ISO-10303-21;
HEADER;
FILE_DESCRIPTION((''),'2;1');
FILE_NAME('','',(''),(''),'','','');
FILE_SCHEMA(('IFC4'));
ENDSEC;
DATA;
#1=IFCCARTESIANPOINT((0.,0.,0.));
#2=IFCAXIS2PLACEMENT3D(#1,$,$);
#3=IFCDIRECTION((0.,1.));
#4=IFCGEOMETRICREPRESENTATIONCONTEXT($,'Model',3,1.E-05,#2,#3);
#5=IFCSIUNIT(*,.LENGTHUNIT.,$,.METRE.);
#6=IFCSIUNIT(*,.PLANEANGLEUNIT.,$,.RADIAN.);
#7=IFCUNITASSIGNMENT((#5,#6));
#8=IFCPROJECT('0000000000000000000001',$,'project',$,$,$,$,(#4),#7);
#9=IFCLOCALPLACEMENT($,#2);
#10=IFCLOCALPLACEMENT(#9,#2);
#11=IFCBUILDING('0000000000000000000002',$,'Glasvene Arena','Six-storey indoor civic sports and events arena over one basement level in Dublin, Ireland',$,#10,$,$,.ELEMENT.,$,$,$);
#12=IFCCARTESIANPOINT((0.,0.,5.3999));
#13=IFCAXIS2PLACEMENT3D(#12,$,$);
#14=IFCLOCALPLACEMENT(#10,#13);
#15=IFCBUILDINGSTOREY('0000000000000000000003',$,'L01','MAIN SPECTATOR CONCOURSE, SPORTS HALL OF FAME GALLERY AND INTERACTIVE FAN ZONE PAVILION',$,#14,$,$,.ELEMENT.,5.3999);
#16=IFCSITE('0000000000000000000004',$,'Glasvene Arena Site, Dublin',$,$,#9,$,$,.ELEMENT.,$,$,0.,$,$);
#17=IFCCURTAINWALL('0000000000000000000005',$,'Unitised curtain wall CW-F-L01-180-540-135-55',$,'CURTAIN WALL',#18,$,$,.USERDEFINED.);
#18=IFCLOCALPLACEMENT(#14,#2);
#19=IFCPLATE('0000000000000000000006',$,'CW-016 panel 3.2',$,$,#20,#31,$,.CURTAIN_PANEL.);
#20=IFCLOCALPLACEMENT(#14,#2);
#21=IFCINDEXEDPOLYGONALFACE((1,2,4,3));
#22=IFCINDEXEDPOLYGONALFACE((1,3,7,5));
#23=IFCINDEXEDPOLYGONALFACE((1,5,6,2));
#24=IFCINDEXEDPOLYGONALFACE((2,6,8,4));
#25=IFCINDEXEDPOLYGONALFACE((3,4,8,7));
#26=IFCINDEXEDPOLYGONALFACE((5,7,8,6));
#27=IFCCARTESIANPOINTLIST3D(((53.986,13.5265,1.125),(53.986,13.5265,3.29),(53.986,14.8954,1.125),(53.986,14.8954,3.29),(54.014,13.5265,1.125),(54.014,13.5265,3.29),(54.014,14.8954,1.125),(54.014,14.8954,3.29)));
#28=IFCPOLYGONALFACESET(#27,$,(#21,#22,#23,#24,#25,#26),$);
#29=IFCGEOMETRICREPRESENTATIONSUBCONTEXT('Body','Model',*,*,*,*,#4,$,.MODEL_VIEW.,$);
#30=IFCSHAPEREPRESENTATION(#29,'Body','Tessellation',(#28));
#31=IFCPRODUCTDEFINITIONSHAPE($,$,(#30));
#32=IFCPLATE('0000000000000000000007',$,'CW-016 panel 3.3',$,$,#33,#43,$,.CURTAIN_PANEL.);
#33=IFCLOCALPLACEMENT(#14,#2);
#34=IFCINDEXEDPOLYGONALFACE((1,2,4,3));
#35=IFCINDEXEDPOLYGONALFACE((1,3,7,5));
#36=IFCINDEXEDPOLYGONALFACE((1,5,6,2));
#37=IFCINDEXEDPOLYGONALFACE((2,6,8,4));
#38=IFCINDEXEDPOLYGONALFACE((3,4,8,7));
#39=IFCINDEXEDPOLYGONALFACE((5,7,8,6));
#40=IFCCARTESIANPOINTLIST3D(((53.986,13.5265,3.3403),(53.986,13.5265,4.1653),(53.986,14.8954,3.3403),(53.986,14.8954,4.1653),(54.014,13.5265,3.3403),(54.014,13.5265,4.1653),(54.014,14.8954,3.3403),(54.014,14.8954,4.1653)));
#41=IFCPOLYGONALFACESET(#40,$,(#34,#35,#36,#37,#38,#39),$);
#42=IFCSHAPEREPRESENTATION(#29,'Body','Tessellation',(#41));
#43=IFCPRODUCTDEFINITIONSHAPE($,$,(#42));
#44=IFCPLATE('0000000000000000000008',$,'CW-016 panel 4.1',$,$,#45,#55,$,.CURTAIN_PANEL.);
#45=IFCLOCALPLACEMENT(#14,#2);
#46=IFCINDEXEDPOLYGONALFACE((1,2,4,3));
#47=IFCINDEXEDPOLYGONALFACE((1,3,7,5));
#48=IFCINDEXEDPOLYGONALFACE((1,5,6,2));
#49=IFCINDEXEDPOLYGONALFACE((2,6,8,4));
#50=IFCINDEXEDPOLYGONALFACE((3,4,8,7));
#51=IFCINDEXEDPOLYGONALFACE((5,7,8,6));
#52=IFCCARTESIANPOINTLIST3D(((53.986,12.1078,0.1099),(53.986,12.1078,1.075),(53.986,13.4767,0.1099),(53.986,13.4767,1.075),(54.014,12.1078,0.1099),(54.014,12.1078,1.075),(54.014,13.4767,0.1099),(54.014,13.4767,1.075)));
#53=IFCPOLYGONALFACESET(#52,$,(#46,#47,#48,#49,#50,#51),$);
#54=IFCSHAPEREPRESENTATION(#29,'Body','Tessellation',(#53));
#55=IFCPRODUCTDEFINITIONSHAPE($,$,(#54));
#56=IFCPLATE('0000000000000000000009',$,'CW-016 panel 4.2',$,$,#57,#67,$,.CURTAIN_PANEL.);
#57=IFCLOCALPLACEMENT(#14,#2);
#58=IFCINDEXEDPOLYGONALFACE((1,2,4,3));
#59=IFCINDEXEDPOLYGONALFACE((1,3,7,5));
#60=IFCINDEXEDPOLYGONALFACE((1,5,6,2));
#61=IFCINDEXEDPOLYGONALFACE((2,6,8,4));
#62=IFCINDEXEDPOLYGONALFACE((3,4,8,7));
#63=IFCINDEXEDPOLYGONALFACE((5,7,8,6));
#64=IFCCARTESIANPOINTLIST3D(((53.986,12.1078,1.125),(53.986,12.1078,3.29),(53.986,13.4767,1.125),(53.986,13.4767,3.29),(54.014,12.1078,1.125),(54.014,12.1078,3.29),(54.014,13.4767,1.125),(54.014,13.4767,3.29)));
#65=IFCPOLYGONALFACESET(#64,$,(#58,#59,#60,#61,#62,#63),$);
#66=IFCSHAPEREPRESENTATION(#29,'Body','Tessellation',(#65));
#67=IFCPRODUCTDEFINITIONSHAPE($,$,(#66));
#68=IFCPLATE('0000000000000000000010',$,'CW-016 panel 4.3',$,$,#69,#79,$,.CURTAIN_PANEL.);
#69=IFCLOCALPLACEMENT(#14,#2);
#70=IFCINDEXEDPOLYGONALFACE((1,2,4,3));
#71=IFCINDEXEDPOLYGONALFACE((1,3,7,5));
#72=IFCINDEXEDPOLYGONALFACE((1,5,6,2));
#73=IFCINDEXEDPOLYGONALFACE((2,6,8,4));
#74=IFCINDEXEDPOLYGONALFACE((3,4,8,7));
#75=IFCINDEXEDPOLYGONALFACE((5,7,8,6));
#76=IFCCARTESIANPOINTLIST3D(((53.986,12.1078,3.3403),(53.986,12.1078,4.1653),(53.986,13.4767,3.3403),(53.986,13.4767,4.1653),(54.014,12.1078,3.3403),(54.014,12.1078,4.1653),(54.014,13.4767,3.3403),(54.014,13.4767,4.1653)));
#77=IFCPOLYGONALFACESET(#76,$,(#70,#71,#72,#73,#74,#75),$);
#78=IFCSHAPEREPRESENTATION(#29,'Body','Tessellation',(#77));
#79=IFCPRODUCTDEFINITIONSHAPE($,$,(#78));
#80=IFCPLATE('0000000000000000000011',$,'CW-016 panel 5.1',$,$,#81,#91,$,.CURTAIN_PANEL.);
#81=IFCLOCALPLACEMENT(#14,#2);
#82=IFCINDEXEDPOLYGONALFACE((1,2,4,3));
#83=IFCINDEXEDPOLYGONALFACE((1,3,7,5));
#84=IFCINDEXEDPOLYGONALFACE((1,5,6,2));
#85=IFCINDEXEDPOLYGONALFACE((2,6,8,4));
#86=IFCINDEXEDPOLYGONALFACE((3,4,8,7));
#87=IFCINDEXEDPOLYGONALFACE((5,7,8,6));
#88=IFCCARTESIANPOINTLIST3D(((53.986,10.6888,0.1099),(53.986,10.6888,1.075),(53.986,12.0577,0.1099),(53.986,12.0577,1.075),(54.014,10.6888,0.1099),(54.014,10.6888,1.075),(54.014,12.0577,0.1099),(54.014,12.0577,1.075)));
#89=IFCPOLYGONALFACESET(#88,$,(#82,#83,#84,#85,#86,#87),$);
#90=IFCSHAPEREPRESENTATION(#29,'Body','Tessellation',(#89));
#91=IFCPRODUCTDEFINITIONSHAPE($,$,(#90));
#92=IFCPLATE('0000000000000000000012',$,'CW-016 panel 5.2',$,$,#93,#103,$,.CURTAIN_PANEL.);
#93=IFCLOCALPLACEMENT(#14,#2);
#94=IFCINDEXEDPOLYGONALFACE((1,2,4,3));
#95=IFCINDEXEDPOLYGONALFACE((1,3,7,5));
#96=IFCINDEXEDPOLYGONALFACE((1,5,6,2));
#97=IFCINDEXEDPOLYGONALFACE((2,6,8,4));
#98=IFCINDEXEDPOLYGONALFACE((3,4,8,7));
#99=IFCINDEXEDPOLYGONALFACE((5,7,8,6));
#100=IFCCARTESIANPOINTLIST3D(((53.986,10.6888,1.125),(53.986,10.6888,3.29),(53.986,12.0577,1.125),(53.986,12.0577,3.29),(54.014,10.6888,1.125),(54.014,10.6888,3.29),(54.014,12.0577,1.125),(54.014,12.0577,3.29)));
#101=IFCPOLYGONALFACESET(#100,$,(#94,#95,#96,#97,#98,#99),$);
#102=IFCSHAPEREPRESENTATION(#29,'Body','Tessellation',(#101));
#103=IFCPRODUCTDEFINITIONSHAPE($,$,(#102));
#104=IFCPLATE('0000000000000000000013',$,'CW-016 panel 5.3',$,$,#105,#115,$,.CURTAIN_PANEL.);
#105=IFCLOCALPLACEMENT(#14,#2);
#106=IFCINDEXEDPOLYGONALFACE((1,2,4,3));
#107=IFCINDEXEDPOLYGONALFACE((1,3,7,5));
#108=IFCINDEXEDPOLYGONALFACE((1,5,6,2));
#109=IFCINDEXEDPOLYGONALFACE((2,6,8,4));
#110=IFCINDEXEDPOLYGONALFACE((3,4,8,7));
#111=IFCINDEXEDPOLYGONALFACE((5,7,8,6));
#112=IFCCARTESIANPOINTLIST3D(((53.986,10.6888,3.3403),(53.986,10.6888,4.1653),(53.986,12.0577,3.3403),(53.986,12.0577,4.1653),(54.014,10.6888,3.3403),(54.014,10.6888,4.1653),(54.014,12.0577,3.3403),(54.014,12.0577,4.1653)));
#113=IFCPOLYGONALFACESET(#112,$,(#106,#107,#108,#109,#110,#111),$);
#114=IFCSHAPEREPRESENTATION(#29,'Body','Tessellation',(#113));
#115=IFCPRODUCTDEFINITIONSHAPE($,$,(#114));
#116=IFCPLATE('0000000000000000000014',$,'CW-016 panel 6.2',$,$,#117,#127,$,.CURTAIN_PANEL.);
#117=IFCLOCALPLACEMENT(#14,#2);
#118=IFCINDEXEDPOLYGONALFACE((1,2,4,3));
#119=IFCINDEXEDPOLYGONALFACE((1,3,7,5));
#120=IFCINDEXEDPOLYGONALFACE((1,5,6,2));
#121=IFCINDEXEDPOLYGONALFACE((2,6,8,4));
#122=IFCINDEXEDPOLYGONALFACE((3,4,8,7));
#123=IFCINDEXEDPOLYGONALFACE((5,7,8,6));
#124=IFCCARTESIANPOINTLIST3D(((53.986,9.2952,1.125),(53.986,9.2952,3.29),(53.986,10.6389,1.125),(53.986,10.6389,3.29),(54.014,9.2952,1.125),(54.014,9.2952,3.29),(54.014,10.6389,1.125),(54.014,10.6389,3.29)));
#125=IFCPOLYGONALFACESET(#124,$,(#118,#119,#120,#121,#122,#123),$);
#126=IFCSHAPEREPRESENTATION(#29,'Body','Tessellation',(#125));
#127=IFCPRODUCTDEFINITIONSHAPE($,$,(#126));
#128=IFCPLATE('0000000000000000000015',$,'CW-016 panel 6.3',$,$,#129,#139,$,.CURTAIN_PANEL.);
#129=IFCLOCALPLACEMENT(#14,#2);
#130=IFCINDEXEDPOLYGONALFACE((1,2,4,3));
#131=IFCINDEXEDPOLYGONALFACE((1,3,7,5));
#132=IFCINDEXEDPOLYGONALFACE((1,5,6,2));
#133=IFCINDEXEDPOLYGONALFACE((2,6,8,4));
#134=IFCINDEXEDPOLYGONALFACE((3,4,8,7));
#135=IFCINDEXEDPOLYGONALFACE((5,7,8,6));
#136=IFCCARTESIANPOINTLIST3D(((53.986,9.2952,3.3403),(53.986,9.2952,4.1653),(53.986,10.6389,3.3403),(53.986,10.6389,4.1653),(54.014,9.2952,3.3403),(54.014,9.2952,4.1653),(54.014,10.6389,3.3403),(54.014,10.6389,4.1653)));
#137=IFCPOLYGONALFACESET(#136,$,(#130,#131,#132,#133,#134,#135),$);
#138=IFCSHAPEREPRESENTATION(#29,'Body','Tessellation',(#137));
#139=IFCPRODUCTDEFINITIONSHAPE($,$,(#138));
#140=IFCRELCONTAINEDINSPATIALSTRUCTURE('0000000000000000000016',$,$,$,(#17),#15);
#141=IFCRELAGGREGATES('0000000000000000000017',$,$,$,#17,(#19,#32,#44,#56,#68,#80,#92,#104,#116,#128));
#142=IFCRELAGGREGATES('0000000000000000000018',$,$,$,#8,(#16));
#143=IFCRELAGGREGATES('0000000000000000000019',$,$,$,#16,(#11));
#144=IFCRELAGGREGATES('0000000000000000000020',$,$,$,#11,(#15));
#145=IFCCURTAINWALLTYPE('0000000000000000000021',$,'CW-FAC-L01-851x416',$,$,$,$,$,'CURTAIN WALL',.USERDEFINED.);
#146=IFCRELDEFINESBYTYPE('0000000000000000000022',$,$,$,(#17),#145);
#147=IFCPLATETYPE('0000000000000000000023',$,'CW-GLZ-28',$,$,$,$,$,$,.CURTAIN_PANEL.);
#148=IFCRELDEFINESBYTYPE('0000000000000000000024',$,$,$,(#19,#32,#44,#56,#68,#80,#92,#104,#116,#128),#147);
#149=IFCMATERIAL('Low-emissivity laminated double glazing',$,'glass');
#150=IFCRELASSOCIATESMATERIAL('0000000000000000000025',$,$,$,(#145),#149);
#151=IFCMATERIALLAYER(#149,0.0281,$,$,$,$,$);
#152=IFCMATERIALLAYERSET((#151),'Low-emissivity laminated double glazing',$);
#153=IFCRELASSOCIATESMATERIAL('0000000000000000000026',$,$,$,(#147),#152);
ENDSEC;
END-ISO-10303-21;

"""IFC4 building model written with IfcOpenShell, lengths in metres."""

from ifc_helpers import new_model, si_unit, direction, frame, origin, origin_2d, place, context, subcontext, project, spatial, rectangle, extrude, material, layer, layer_set, type_object, element, aggregate, save


model = new_model("IFC4")

# Units and contexts
model_context = context("Model", 3, precision=1e-05, world=origin(), true_north=direction((0.0, 1.0)))
body_context = subcontext(model_context, "Body", "Model", "MODEL_VIEW")
ifc_project = project(units=[si_unit("LENGTHUNIT", "METRE"), si_unit("PLANEANGLEUNIT", "RADIAN")], contexts=[model_context])

# Site, building, storey
site_placement = place(None, origin())
site = spatial("IfcSite", under=ifc_project, at=site_placement, Name="Glasvene Arena Site, Dublin", CompositionType="ELEMENT", RefElevation=0.0)
building_placement = place(site_placement, origin())
building = spatial("IfcBuilding", under=site, at=building_placement, Name="Glasvene Arena", Description="Six-storey indoor civic sports and events arena over one basement level in Dublin, Ireland", CompositionType="ELEMENT")
storey_placement = place(building_placement, frame((0.0, 0.0, 5.3999)))
storey = spatial("IfcBuildingStorey", under=building, at=storey_placement, Name="L01", Description="MAIN SPECTATOR CONCOURSE, SPORTS HALL OF FAME GALLERY AND INTERACTIVE FAN ZONE PAVILION", CompositionType="ELEMENT", Elevation=5.3999)

# Curtain wall, plates
ifc_material_1 = material(Name="Low-emissivity laminated double glazing", Category="glass")
curtain_wall_type = type_object("IfcCurtainWallType", Name="CW-FAC-L01-851x416", ElementType="CURTAIN WALL", PredefinedType="USERDEFINED", material=ifc_material_1)
curtain_wall_placement = place(storey_placement, frame((54.0, 17.7581, 0.0)))
curtain_wall = element("IfcCurtainWall", 1, at=curtain_wall_placement, inside=storey, type_object=curtain_wall_type, Name="Unitised curtain wall CW-F-L01-180-540-135-55", ObjectType="CURTAIN WALL", PredefinedType="USERDEFINED")
ifc_layer = layer(ifc_material_1, 0.0281)
ifc_layer_set = layer_set([ifc_layer], Name="Low-emissivity laminated double glazing")
plate_type = type_object("IfcPlateType", Name="CW-GLZ-28", PredefinedType="CURTAIN_PANEL", material=ifc_layer_set)
plate_1_placement = place(storey_placement, frame((54.0, 14.2109, 1.125), z_axis=(0.0, 0.0, 1.0), x_axis=(0.0, -1.0, 0.0)))
plate_1 = element("IfcPlate", 2, at=plate_1_placement, type_object=plate_type, Name="CW-016 panel 3.2", PredefinedType="CURTAIN_PANEL", context=body_context, shape_type="SweptSolid", body=[
    extrude(rectangle(XDim=1.3689, YDim=0.0281, at=origin_2d()), origin(), (0.0, 0.0, 1.0), 2.165),
])
plate_2_placement = place(storey_placement, frame((54.0, 14.2109, 3.3403), z_axis=(0.0, 0.0, 1.0), x_axis=(0.0, -1.0, 0.0)))
plate_2 = element("IfcPlate", 3, at=plate_2_placement, type_object=plate_type, Name="CW-016 panel 3.3", PredefinedType="CURTAIN_PANEL", context=body_context, shape_type="SweptSolid", body=[
    extrude(rectangle(XDim=1.3689, YDim=0.0281, at=origin_2d()), origin(), (0.0, 0.0, 1.0), 0.825),
])
plate_3_placement = place(storey_placement, frame((54.0, 12.7922, 0.1099), z_axis=(0.0, 0.0, 1.0), x_axis=(0.0, -1.0, 0.0)))
plate_3 = element("IfcPlate", 4, at=plate_3_placement, type_object=plate_type, Name="CW-016 panel 4.1", PredefinedType="CURTAIN_PANEL", context=body_context, shape_type="SweptSolid", body=[
    extrude(rectangle(XDim=1.3689, YDim=0.0281, at=origin_2d()), origin(), (0.0, 0.0, 1.0), 0.9651),
])
plate_4_placement = place(storey_placement, frame((54.0, 12.7922, 1.125), z_axis=(0.0, 0.0, 1.0), x_axis=(0.0, -1.0, 0.0)))
plate_4 = element("IfcPlate", 5, at=plate_4_placement, type_object=plate_type, Name="CW-016 panel 4.2", PredefinedType="CURTAIN_PANEL", context=body_context, shape_type="SweptSolid", body=[
    extrude(rectangle(XDim=1.3689, YDim=0.0281, at=origin_2d()), origin(), (0.0, 0.0, 1.0), 2.165),
])
plate_5_placement = place(storey_placement, frame((54.0, 12.7922, 3.3403), z_axis=(0.0, 0.0, 1.0), x_axis=(0.0, -1.0, 0.0)))
plate_5 = element("IfcPlate", 6, at=plate_5_placement, type_object=plate_type, Name="CW-016 panel 4.3", PredefinedType="CURTAIN_PANEL", context=body_context, shape_type="SweptSolid", body=[
    extrude(rectangle(XDim=1.3689, YDim=0.0281, at=origin_2d()), origin(), (0.0, 0.0, 1.0), 0.825),
])
plate_6_placement = place(storey_placement, frame((54.0, 11.3733, 0.1099), z_axis=(0.0, 0.0, 1.0), x_axis=(0.0, -1.0, 0.0)))
plate_6 = element("IfcPlate", 7, at=plate_6_placement, type_object=plate_type, Name="CW-016 panel 5.1", PredefinedType="CURTAIN_PANEL", context=body_context, shape_type="SweptSolid", body=[
    extrude(rectangle(XDim=1.3689, YDim=0.0281, at=origin_2d()), origin(), (0.0, 0.0, 1.0), 0.9651),
])
plate_7_placement = place(storey_placement, frame((54.0, 11.3733, 1.125), z_axis=(0.0, 0.0, 1.0), x_axis=(0.0, -1.0, 0.0)))
plate_7 = element("IfcPlate", 8, at=plate_7_placement, type_object=plate_type, Name="CW-016 panel 5.2", PredefinedType="CURTAIN_PANEL", context=body_context, shape_type="SweptSolid", body=[
    extrude(rectangle(XDim=1.3689, YDim=0.0281, at=origin_2d()), origin(), (0.0, 0.0, 1.0), 2.165),
])
plate_8_placement = place(storey_placement, frame((54.0, 11.3733, 3.3403), z_axis=(0.0, 0.0, 1.0), x_axis=(0.0, -1.0, 0.0)))
plate_8 = element("IfcPlate", 9, at=plate_8_placement, type_object=plate_type, Name="CW-016 panel 5.3", PredefinedType="CURTAIN_PANEL", context=body_context, shape_type="SweptSolid", body=[
    extrude(rectangle(XDim=1.3689, YDim=0.0281, at=origin_2d()), origin(), (0.0, 0.0, 1.0), 0.825),
])
plate_9_placement = place(storey_placement, frame((54.0, 9.967, 1.125), z_axis=(0.0, 0.0, 1.0), x_axis=(0.0, -1.0, 0.0)))
plate_9 = element("IfcPlate", 10, at=plate_9_placement, type_object=plate_type, Name="CW-016 panel 6.2", PredefinedType="CURTAIN_PANEL", context=body_context, shape_type="SweptSolid", body=[
    extrude(rectangle(XDim=1.3438, YDim=0.0281, at=origin_2d()), origin(), (0.0, 0.0, 1.0), 2.165),
])
plate_10_placement = place(storey_placement, frame((54.0, 9.967, 3.3403), z_axis=(0.0, 0.0, 1.0), x_axis=(0.0, -1.0, 0.0)))
plate_10 = element("IfcPlate", 11, at=plate_10_placement, type_object=plate_type, Name="CW-016 panel 6.3", PredefinedType="CURTAIN_PANEL", context=body_context, shape_type="SweptSolid", body=[
    extrude(rectangle(XDim=1.3438, YDim=0.0281, at=origin_2d()), origin(), (0.0, 0.0, 1.0), 0.825),
])
aggregate(curtain_wall, [plate_1, plate_2, plate_3, plate_4, plate_5, plate_6, plate_7, plate_8, plate_9, plate_10])

save(model, "model.ifc")
